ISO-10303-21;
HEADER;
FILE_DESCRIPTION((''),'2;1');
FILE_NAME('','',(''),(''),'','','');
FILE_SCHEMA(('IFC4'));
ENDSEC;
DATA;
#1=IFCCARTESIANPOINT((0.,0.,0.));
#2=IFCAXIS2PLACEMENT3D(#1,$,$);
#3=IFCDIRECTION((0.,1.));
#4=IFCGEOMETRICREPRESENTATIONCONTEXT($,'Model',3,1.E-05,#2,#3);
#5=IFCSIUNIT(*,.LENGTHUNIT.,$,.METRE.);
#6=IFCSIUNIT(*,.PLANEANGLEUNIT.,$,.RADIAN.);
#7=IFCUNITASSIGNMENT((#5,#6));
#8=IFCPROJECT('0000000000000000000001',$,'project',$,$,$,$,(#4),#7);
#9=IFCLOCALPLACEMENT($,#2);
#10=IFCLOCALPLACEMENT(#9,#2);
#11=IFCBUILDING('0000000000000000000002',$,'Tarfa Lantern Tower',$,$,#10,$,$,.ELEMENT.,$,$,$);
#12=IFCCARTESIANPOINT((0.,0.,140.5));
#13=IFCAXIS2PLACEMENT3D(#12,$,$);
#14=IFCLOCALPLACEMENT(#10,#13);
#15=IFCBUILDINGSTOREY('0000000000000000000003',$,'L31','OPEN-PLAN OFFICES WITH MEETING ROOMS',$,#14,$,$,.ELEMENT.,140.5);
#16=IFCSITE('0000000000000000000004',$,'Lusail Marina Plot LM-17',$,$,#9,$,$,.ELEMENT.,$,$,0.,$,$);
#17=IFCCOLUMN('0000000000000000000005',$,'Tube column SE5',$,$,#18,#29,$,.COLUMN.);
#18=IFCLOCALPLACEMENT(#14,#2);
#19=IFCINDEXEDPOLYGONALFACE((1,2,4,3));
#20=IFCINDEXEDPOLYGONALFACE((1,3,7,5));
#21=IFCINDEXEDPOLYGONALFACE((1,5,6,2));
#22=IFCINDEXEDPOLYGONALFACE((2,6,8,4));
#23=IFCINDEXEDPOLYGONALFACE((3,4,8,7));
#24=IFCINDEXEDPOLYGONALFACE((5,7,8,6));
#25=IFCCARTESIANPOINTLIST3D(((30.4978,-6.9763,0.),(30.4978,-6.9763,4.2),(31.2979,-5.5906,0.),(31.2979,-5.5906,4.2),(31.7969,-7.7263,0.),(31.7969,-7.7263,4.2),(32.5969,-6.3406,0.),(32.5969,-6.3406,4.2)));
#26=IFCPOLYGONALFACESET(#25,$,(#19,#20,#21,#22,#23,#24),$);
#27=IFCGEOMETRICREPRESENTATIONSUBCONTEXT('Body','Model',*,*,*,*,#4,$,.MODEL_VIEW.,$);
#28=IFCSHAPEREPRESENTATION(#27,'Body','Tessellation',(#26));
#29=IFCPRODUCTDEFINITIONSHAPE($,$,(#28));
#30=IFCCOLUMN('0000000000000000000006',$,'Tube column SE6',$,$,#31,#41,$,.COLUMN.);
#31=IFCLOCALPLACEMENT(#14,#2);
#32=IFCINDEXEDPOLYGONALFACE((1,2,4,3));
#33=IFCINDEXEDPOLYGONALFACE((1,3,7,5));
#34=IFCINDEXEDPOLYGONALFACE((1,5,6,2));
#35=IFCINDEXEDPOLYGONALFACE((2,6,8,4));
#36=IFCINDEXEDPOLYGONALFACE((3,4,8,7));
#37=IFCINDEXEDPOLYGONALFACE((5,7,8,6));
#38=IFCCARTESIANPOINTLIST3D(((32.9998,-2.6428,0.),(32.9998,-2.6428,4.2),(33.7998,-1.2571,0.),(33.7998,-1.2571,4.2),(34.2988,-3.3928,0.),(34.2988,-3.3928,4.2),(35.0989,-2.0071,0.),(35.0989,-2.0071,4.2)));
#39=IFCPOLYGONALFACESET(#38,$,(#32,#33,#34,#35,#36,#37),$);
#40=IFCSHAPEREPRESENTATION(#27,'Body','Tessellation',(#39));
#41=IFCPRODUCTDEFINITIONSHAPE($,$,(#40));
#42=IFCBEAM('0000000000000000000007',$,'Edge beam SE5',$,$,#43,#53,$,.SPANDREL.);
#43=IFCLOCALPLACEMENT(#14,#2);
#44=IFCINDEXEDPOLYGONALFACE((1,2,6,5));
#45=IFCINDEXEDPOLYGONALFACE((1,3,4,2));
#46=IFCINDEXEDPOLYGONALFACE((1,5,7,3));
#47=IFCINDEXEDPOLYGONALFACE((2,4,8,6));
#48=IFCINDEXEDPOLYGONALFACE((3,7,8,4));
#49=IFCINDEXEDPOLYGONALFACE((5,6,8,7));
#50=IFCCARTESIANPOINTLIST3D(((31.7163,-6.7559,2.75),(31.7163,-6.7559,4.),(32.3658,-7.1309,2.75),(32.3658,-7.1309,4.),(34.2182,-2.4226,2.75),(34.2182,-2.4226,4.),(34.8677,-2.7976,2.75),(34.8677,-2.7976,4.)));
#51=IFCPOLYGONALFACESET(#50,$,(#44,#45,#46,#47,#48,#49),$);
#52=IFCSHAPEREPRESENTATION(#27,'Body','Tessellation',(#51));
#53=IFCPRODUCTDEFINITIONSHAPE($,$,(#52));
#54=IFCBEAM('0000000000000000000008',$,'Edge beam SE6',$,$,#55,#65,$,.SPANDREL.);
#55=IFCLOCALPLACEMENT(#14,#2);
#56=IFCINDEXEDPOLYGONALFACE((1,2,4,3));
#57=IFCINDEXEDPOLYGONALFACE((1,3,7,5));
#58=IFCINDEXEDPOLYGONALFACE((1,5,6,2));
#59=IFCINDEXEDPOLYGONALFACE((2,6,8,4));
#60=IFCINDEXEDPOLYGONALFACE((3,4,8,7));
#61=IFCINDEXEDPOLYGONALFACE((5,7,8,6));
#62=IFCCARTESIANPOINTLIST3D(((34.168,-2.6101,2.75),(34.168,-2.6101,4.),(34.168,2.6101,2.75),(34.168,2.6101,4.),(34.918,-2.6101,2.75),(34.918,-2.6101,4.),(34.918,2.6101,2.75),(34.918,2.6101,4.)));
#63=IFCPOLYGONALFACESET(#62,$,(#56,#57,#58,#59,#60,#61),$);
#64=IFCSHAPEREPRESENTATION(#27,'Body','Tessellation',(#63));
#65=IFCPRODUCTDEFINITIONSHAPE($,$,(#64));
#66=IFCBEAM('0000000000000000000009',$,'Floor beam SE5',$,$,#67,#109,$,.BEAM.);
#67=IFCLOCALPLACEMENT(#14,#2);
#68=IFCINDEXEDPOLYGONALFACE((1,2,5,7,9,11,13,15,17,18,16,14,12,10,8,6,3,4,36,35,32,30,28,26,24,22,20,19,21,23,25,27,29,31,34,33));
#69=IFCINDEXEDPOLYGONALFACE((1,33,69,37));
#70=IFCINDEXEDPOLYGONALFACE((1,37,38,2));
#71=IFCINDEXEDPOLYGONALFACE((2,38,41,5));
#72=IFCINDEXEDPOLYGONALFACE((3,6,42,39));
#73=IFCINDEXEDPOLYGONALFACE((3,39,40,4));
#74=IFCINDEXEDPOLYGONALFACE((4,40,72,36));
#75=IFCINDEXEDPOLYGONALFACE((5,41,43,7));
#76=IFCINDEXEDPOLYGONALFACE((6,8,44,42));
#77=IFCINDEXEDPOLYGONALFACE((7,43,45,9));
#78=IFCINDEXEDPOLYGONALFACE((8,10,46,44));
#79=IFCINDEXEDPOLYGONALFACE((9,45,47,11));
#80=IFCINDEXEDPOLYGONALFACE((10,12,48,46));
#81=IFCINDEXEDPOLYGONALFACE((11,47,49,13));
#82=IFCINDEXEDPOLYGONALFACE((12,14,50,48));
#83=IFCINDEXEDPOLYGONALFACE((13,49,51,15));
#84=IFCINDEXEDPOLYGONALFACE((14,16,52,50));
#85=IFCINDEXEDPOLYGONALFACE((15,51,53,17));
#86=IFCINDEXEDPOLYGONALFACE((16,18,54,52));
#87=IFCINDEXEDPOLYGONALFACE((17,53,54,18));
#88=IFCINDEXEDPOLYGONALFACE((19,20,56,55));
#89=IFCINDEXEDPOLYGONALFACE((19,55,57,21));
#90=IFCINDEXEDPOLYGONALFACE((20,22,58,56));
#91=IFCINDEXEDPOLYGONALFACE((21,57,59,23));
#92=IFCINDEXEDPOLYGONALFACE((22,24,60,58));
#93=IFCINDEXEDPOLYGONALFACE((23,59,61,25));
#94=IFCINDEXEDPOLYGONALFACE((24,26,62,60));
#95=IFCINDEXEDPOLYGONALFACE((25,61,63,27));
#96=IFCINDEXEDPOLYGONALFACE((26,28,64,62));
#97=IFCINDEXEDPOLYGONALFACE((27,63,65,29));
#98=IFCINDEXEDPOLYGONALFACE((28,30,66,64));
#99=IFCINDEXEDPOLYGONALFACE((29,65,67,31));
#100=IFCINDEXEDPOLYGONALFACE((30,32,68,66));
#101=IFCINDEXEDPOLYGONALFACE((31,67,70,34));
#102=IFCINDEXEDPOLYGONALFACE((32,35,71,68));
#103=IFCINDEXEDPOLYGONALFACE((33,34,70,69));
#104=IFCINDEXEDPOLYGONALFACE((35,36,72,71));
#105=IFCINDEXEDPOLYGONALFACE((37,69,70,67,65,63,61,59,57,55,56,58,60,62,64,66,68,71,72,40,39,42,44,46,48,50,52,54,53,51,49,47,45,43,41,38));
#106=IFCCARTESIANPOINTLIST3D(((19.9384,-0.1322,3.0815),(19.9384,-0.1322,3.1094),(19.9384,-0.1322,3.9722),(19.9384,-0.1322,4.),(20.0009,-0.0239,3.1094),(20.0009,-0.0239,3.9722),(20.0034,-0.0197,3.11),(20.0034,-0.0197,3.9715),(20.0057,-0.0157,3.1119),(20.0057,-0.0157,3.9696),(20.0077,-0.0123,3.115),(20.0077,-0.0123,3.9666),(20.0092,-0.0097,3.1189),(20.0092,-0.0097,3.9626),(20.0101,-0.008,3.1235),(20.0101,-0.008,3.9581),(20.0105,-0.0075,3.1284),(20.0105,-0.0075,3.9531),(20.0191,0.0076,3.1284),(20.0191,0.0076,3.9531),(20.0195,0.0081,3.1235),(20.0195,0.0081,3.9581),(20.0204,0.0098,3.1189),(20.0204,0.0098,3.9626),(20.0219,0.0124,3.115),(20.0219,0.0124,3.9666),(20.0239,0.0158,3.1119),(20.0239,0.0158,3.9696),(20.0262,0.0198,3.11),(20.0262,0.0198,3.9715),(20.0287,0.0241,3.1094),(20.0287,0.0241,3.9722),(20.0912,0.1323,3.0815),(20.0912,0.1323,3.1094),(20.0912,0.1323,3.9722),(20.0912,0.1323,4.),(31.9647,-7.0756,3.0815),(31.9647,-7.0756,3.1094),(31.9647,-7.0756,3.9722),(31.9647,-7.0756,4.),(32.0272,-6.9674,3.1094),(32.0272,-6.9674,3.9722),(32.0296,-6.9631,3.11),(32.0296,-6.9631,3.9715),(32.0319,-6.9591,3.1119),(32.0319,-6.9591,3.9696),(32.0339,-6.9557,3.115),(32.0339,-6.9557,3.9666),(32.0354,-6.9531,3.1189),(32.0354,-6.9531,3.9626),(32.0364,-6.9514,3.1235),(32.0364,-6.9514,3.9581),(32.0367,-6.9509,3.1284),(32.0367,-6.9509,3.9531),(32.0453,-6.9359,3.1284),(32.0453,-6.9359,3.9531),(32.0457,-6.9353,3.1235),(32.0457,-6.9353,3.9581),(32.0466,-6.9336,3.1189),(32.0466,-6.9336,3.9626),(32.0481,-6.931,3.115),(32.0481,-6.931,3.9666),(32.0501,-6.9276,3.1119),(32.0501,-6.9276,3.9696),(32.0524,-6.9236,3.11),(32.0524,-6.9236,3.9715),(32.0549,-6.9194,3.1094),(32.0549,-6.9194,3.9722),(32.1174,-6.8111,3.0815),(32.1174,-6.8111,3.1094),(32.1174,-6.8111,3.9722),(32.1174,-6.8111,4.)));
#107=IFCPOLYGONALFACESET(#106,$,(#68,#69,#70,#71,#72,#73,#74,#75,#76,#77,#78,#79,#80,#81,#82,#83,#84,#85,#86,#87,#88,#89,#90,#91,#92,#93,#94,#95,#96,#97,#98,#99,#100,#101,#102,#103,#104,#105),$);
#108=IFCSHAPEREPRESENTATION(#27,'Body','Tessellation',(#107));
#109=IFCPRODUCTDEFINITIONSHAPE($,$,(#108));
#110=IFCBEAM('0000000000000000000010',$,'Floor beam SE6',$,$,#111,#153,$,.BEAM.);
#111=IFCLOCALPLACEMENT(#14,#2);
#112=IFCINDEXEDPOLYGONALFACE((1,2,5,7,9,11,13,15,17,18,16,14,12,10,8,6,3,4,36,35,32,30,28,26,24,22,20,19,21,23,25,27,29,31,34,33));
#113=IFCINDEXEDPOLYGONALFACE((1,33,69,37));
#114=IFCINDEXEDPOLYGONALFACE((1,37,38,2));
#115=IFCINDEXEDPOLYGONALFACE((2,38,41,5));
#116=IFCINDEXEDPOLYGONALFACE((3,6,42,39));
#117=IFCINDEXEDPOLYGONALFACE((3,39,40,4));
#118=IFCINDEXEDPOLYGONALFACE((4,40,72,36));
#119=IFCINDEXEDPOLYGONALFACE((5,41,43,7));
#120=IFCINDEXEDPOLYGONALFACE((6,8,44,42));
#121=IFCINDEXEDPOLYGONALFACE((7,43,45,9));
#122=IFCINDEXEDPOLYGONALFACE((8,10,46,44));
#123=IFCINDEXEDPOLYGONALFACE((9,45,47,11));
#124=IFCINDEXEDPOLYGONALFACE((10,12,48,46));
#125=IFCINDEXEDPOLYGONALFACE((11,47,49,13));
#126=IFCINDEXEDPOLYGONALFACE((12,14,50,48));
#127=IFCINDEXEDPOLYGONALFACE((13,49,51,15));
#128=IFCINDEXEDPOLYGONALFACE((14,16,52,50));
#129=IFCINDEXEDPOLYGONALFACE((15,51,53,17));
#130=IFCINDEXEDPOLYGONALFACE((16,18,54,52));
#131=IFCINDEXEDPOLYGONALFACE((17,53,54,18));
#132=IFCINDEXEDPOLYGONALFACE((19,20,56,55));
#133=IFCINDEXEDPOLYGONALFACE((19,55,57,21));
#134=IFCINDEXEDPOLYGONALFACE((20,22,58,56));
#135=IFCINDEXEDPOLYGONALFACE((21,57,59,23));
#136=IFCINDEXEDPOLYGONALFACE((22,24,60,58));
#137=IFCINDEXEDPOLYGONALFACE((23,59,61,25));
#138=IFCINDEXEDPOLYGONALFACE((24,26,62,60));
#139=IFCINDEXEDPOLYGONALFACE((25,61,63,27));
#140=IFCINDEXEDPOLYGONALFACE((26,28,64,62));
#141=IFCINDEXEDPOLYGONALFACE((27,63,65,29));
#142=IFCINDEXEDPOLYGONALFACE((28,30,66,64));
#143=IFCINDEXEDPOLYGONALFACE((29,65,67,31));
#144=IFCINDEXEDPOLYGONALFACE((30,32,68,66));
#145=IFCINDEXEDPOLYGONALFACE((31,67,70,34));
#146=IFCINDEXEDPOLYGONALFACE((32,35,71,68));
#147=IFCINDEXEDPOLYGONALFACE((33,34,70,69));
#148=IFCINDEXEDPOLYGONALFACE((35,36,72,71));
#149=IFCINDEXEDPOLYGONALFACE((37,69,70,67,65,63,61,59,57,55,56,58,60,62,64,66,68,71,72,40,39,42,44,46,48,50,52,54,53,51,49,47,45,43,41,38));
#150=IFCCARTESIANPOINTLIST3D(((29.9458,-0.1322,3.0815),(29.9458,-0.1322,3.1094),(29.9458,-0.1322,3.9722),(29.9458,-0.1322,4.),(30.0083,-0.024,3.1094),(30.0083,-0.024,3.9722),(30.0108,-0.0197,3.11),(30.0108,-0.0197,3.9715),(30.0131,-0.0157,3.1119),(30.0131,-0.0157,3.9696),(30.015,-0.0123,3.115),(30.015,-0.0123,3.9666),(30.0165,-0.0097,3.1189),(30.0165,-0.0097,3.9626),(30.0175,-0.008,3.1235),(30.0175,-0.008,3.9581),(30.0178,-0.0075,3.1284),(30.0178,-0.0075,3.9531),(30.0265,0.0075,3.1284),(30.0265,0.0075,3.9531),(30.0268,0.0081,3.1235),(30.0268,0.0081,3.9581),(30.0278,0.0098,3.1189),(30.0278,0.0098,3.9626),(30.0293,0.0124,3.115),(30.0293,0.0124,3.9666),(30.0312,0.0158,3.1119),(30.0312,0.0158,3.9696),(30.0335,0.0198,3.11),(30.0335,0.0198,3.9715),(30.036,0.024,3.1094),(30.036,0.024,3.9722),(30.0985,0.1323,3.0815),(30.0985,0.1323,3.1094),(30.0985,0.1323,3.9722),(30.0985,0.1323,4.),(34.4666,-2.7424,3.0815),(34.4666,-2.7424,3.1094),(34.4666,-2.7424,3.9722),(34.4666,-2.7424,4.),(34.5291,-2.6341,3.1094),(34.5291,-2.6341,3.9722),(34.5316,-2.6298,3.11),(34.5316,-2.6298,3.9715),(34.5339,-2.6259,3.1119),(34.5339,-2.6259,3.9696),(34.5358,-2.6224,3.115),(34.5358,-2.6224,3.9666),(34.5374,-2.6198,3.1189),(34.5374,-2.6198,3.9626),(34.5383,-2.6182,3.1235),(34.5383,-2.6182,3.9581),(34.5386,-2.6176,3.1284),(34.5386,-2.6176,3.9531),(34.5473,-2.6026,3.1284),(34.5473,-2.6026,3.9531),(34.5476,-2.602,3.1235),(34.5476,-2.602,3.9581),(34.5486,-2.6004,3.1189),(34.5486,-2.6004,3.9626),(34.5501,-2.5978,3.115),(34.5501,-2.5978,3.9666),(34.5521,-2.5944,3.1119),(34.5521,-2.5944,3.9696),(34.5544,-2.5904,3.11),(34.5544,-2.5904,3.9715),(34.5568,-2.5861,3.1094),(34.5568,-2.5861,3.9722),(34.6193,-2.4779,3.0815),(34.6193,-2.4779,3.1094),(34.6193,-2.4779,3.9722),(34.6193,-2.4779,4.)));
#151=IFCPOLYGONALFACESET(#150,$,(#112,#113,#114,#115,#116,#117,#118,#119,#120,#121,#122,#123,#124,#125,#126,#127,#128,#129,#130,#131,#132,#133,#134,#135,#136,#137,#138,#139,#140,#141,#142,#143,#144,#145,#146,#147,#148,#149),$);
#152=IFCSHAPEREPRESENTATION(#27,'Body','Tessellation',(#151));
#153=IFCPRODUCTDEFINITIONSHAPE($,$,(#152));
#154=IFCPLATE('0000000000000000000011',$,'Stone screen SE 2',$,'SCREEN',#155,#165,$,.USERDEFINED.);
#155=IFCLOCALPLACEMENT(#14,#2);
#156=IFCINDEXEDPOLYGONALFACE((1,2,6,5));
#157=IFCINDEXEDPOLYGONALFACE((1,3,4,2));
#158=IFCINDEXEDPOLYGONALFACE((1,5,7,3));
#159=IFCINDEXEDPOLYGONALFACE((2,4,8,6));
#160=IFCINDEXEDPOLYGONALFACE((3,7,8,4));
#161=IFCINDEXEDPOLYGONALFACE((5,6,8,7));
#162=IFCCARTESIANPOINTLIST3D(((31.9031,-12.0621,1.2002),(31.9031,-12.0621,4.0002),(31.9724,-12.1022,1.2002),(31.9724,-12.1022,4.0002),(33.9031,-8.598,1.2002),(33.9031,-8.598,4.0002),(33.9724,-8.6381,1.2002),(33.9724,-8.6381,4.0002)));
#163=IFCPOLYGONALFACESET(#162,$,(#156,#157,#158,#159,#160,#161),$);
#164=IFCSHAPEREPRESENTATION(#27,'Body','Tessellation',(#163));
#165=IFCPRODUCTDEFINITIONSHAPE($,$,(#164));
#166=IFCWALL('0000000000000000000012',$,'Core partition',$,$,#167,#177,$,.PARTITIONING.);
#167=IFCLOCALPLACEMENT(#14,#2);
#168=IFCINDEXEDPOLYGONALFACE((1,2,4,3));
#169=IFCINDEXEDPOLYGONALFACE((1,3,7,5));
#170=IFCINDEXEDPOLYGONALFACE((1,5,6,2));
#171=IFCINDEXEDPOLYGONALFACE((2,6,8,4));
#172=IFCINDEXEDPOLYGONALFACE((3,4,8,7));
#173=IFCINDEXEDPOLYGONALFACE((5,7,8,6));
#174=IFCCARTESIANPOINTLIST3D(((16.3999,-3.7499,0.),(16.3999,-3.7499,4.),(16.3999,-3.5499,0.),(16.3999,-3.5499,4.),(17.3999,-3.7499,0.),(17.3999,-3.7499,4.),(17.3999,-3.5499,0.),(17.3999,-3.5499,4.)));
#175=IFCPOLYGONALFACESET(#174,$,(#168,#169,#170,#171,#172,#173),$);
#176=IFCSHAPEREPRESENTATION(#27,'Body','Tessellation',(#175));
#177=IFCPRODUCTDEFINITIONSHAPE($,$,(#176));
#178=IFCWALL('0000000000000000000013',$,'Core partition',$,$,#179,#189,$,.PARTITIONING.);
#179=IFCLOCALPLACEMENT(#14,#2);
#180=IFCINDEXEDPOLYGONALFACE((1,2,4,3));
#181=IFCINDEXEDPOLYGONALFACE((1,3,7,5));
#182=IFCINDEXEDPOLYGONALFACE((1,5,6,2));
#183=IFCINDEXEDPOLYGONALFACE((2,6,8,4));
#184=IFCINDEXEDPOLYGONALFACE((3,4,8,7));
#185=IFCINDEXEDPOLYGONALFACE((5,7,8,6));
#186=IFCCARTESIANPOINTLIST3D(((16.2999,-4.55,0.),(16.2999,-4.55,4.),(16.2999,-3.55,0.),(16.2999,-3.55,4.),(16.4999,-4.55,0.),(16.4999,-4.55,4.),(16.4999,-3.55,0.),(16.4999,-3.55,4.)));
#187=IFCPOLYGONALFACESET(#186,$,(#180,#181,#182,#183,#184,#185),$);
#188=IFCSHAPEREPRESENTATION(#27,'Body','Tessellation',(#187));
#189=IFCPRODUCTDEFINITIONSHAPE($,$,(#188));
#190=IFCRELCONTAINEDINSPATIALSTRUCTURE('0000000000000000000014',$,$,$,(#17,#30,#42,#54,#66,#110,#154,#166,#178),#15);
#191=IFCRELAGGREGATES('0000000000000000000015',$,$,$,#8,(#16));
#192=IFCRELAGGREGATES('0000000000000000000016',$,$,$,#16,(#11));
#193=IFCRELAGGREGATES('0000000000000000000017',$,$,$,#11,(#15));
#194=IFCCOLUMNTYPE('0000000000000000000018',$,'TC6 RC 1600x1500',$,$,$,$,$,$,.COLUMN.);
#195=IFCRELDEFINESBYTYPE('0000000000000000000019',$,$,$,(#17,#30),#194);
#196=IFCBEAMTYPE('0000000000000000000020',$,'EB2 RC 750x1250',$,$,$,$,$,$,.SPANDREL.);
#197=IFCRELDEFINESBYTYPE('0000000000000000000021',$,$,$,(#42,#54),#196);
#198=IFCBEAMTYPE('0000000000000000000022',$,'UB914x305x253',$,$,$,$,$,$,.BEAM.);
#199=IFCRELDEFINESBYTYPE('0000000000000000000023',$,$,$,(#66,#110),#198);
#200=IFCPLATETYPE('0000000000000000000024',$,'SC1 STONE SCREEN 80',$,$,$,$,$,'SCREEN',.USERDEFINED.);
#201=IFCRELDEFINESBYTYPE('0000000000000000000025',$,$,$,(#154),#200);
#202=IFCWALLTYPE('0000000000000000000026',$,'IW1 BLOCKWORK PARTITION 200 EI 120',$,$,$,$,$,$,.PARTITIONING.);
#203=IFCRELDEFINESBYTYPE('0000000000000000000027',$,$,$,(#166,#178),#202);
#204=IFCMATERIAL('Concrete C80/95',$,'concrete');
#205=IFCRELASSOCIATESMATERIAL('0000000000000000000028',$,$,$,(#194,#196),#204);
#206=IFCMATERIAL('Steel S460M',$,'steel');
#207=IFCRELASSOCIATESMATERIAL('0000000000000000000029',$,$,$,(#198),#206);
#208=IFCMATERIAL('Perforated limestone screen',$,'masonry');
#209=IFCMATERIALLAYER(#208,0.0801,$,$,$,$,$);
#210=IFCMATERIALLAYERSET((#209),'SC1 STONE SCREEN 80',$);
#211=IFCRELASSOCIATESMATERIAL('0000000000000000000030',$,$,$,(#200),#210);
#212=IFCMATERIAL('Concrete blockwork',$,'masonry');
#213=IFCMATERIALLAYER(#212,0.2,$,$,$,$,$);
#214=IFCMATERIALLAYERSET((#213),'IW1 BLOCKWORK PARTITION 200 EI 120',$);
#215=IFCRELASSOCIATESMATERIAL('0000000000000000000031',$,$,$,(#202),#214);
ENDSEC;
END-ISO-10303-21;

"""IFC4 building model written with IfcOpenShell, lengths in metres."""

from ifc_helpers import new_model, si_unit, direction, frame, frame_2d, origin, origin_2d, place, context, subcontext, project, spatial, rectangle, i_section, extrude, material, layer, layer_set, material_profile, profile_set, type_object, element, save


model = new_model("IFC4")

# Units and contexts
model_context = context("Model", 3, precision=1e-05, world=origin(), true_north=direction((0.0, 1.0)))
body_context = subcontext(model_context, "Body", "Model", "MODEL_VIEW")
ifc_project = project(units=[si_unit("LENGTHUNIT", "METRE"), si_unit("PLANEANGLEUNIT", "RADIAN")], contexts=[model_context])

# Site, building, storey
site_placement = place(None, origin())
site = spatial("IfcSite", under=ifc_project, at=site_placement, Name="Lusail Marina Plot LM-17", CompositionType="ELEMENT", RefElevation=0.0)
building_placement = place(site_placement, origin())
building = spatial("IfcBuilding", under=site, at=building_placement, Name="Tarfa Lantern Tower", CompositionType="ELEMENT")
storey_placement = place(building_placement, frame((0.0, 0.0, 140.5)))
storey = spatial("IfcBuildingStorey", under=building, at=storey_placement, Name="L31", Description="OPEN-PLAN OFFICES WITH MEETING ROOMS", CompositionType="ELEMENT", Elevation=140.5)

# Columns
ifc_material_1 = material(Name="Concrete C80/95", Category="concrete")
ifc_material_profile_1 = material_profile(ifc_material_1, rectangle(XDim=1.6001, YDim=1.5, at=origin_2d()), Name="RC 1600x1500")
ifc_profile_set_1 = profile_set([ifc_material_profile_1], Name="Concrete C80/95")
column_type = type_object("IfcColumnType", Name="TC6 RC 1600x1500", PredefinedType="COLUMN", material=ifc_profile_set_1)
for number, where, z_axis, x_axis, name in (
    (1, (31.5474, -6.6584, 0.0), (0.0, 0.0, 1.0), (0.5, 0.866025, 0.0), "Tube column SE5"),
    (2, (34.0493, -2.325, 0.0), (0.0, 0.0, 1.0), (0.5, 0.866025, 0.0), "Tube column SE6"),
):
    element("IfcColumn", number, at=place(storey_placement, frame(where, z_axis=z_axis, x_axis=x_axis)), inside=storey, type_object=column_type, Name=name, PredefinedType="COLUMN", context=body_context, shape_type="SweptSolid", body=[
        extrude(rectangle(XDim=1.6001, YDim=1.5, at=origin_2d()), origin(), (0.0, 0.0, 1.0), 4.2),
    ])

# Beams
ifc_material_profile_2 = material_profile(ifc_material_1, rectangle(XDim=0.75, YDim=1.25, at=origin_2d()), Name="RC 750x1250")
ifc_profile_set_2 = profile_set([ifc_material_profile_2], Name="Concrete C80/95")
beam_type_1 = type_object("IfcBeamType", Name="EB2 RC 750x1250", PredefinedType="SPANDREL", material=ifc_profile_set_2)
beam_1_placement = place(storey_placement, frame((32.041, -6.9434, 3.375), z_axis=(0.500022, 0.866013, 0.0), x_axis=(-0.866013, 0.500022, 0.0)))
element("IfcBeam", 3, at=beam_1_placement, inside=storey, type_object=beam_type_1, Name="Edge beam SE5", PredefinedType="SPANDREL", context=body_context, shape_type="SweptSolid", body=[
    extrude(rectangle(XDim=0.75, YDim=1.25, at=origin_2d()), origin(), (0.0, 0.0, 1.0), 5.0037),
])
beam_2_placement = place(storey_placement, frame((34.543, -2.6101, 3.375), z_axis=(0.0, 1.0, 0.0), x_axis=(-1.0, 0.0, 0.0)))
element("IfcBeam", 4, at=beam_2_placement, inside=storey, type_object=beam_type_1, Name="Edge beam SE6", PredefinedType="SPANDREL", context=body_context, shape_type="SweptSolid", body=[
    extrude(rectangle(XDim=0.75, YDim=1.25, at=origin_2d()), origin(), (0.0, 0.0, 1.0), 5.2202),
])
ifc_material_2 = material(Name="Steel S460M", Category="steel")
ifc_material_profile_3 = material_profile(ifc_material_2, i_section(OverallWidth=0.3054, OverallDepth=0.9185, WebThickness=0.0173, FlangeThickness=0.0278, FilletRadius=0.019, at=origin_2d()), Name="UB914x305x253")
ifc_profile_set_3 = profile_set([ifc_material_profile_3], Name="Steel S460M")
beam_type_2 = type_object("IfcBeamType", Name="UB914x305x253", PredefinedType="BEAM", material=ifc_profile_set_3)
beam_3_placement = place(storey_placement, frame((32.041, -6.9434, 3.5408), z_axis=(-0.866023, 0.500004, 0.0), x_axis=(-0.500004, -0.866023, 0.0)))
element("IfcBeam", 5, at=beam_3_placement, inside=storey, type_object=beam_type_2, Name="Floor beam SE5", PredefinedType="BEAM", context=body_context, shape_type="SweptSolid", body=[
    extrude(i_section(OverallWidth=0.3054, OverallDepth=0.9185, WebThickness=0.0173, FlangeThickness=0.0278, FilletRadius=0.019, at=origin_2d()), origin(), (0.0, 0.0, 1.0), 13.8867),
])
beam_4_placement = place(storey_placement, frame((34.543, -2.6101, 3.5408), z_axis=(-0.866021, 0.500007, 0.0), x_axis=(-0.500007, -0.866021, 0.0)))
element("IfcBeam", 6, at=beam_4_placement, inside=storey, type_object=beam_type_2, Name="Floor beam SE6", PredefinedType="BEAM", context=body_context, shape_type="SweptSolid", body=[
    extrude(i_section(OverallWidth=0.3054, OverallDepth=0.9185, WebThickness=0.0173, FlangeThickness=0.0278, FilletRadius=0.019, at=origin_2d()), origin(), (0.0, 0.0, 1.0), 5.2202),
])

# Plate
ifc_material_3 = material(Name="Perforated limestone screen", Category="masonry")
ifc_layer_1 = layer(ifc_material_3, 0.0801)
ifc_layer_set_1 = layer_set([ifc_layer_1], Name="SC1 STONE SCREEN 80")
plate_type = type_object("IfcPlateType", Name="SC1 STONE SCREEN 80", ElementType="SCREEN", PredefinedType="USERDEFINED", material=ifc_layer_set_1)
plate_placement = place(storey_placement, frame((32.9377, -10.3501, 1.2002), z_axis=(0.0, 0.0, 1.0), x_axis=(0.5, 0.866025, 0.0)))
element("IfcPlate", 7, at=plate_placement, inside=storey, type_object=plate_type, Name="Stone screen SE 2", ObjectType="SCREEN", PredefinedType="USERDEFINED", context=body_context, shape_type="SweptSolid", body=[
    extrude(rectangle(XDim=4.0, YDim=0.0801, at=origin_2d()), origin(), (0.0, 0.0, 1.0), 2.8),
])

# Walls
ifc_material_4 = material(Name="Concrete blockwork", Category="masonry")
ifc_layer_2 = layer(ifc_material_4, 0.2)
ifc_layer_set_2 = layer_set([ifc_layer_2], Name="IW1 BLOCKWORK PARTITION 200 EI 120")
wall_type_1 = type_object("IfcWallType", Name="IW1 BLOCKWORK PARTITION 200 EI 120", PredefinedType="PARTITIONING", material=ifc_layer_set_2)
for number, where, z_axis, x_axis, name in (
    (8, (17.3999, -3.6499, 0.0), (0.0, 0.0, 1.0), (-1.0, 0.0, 0.0), "Core partition"),
    (9, (16.3999, -3.55, 0.0), (0.0, 0.0, 1.0), (0.0, -1.0, 0.0), "Core partition"),
):
    element("IfcWall", number, at=place(storey_placement, frame(where, z_axis=z_axis, x_axis=x_axis)), inside=storey, type_object=wall_type_1, Name=name, PredefinedType="PARTITIONING", context=body_context, shape_type="SweptSolid", body=[
        extrude(rectangle(XDim=1.0, YDim=0.2, at=frame_2d((0.5, 0.0))), origin(), (0.0, 0.0, 1.0), 4.0),
    ])

save(model, "model.ifc")
